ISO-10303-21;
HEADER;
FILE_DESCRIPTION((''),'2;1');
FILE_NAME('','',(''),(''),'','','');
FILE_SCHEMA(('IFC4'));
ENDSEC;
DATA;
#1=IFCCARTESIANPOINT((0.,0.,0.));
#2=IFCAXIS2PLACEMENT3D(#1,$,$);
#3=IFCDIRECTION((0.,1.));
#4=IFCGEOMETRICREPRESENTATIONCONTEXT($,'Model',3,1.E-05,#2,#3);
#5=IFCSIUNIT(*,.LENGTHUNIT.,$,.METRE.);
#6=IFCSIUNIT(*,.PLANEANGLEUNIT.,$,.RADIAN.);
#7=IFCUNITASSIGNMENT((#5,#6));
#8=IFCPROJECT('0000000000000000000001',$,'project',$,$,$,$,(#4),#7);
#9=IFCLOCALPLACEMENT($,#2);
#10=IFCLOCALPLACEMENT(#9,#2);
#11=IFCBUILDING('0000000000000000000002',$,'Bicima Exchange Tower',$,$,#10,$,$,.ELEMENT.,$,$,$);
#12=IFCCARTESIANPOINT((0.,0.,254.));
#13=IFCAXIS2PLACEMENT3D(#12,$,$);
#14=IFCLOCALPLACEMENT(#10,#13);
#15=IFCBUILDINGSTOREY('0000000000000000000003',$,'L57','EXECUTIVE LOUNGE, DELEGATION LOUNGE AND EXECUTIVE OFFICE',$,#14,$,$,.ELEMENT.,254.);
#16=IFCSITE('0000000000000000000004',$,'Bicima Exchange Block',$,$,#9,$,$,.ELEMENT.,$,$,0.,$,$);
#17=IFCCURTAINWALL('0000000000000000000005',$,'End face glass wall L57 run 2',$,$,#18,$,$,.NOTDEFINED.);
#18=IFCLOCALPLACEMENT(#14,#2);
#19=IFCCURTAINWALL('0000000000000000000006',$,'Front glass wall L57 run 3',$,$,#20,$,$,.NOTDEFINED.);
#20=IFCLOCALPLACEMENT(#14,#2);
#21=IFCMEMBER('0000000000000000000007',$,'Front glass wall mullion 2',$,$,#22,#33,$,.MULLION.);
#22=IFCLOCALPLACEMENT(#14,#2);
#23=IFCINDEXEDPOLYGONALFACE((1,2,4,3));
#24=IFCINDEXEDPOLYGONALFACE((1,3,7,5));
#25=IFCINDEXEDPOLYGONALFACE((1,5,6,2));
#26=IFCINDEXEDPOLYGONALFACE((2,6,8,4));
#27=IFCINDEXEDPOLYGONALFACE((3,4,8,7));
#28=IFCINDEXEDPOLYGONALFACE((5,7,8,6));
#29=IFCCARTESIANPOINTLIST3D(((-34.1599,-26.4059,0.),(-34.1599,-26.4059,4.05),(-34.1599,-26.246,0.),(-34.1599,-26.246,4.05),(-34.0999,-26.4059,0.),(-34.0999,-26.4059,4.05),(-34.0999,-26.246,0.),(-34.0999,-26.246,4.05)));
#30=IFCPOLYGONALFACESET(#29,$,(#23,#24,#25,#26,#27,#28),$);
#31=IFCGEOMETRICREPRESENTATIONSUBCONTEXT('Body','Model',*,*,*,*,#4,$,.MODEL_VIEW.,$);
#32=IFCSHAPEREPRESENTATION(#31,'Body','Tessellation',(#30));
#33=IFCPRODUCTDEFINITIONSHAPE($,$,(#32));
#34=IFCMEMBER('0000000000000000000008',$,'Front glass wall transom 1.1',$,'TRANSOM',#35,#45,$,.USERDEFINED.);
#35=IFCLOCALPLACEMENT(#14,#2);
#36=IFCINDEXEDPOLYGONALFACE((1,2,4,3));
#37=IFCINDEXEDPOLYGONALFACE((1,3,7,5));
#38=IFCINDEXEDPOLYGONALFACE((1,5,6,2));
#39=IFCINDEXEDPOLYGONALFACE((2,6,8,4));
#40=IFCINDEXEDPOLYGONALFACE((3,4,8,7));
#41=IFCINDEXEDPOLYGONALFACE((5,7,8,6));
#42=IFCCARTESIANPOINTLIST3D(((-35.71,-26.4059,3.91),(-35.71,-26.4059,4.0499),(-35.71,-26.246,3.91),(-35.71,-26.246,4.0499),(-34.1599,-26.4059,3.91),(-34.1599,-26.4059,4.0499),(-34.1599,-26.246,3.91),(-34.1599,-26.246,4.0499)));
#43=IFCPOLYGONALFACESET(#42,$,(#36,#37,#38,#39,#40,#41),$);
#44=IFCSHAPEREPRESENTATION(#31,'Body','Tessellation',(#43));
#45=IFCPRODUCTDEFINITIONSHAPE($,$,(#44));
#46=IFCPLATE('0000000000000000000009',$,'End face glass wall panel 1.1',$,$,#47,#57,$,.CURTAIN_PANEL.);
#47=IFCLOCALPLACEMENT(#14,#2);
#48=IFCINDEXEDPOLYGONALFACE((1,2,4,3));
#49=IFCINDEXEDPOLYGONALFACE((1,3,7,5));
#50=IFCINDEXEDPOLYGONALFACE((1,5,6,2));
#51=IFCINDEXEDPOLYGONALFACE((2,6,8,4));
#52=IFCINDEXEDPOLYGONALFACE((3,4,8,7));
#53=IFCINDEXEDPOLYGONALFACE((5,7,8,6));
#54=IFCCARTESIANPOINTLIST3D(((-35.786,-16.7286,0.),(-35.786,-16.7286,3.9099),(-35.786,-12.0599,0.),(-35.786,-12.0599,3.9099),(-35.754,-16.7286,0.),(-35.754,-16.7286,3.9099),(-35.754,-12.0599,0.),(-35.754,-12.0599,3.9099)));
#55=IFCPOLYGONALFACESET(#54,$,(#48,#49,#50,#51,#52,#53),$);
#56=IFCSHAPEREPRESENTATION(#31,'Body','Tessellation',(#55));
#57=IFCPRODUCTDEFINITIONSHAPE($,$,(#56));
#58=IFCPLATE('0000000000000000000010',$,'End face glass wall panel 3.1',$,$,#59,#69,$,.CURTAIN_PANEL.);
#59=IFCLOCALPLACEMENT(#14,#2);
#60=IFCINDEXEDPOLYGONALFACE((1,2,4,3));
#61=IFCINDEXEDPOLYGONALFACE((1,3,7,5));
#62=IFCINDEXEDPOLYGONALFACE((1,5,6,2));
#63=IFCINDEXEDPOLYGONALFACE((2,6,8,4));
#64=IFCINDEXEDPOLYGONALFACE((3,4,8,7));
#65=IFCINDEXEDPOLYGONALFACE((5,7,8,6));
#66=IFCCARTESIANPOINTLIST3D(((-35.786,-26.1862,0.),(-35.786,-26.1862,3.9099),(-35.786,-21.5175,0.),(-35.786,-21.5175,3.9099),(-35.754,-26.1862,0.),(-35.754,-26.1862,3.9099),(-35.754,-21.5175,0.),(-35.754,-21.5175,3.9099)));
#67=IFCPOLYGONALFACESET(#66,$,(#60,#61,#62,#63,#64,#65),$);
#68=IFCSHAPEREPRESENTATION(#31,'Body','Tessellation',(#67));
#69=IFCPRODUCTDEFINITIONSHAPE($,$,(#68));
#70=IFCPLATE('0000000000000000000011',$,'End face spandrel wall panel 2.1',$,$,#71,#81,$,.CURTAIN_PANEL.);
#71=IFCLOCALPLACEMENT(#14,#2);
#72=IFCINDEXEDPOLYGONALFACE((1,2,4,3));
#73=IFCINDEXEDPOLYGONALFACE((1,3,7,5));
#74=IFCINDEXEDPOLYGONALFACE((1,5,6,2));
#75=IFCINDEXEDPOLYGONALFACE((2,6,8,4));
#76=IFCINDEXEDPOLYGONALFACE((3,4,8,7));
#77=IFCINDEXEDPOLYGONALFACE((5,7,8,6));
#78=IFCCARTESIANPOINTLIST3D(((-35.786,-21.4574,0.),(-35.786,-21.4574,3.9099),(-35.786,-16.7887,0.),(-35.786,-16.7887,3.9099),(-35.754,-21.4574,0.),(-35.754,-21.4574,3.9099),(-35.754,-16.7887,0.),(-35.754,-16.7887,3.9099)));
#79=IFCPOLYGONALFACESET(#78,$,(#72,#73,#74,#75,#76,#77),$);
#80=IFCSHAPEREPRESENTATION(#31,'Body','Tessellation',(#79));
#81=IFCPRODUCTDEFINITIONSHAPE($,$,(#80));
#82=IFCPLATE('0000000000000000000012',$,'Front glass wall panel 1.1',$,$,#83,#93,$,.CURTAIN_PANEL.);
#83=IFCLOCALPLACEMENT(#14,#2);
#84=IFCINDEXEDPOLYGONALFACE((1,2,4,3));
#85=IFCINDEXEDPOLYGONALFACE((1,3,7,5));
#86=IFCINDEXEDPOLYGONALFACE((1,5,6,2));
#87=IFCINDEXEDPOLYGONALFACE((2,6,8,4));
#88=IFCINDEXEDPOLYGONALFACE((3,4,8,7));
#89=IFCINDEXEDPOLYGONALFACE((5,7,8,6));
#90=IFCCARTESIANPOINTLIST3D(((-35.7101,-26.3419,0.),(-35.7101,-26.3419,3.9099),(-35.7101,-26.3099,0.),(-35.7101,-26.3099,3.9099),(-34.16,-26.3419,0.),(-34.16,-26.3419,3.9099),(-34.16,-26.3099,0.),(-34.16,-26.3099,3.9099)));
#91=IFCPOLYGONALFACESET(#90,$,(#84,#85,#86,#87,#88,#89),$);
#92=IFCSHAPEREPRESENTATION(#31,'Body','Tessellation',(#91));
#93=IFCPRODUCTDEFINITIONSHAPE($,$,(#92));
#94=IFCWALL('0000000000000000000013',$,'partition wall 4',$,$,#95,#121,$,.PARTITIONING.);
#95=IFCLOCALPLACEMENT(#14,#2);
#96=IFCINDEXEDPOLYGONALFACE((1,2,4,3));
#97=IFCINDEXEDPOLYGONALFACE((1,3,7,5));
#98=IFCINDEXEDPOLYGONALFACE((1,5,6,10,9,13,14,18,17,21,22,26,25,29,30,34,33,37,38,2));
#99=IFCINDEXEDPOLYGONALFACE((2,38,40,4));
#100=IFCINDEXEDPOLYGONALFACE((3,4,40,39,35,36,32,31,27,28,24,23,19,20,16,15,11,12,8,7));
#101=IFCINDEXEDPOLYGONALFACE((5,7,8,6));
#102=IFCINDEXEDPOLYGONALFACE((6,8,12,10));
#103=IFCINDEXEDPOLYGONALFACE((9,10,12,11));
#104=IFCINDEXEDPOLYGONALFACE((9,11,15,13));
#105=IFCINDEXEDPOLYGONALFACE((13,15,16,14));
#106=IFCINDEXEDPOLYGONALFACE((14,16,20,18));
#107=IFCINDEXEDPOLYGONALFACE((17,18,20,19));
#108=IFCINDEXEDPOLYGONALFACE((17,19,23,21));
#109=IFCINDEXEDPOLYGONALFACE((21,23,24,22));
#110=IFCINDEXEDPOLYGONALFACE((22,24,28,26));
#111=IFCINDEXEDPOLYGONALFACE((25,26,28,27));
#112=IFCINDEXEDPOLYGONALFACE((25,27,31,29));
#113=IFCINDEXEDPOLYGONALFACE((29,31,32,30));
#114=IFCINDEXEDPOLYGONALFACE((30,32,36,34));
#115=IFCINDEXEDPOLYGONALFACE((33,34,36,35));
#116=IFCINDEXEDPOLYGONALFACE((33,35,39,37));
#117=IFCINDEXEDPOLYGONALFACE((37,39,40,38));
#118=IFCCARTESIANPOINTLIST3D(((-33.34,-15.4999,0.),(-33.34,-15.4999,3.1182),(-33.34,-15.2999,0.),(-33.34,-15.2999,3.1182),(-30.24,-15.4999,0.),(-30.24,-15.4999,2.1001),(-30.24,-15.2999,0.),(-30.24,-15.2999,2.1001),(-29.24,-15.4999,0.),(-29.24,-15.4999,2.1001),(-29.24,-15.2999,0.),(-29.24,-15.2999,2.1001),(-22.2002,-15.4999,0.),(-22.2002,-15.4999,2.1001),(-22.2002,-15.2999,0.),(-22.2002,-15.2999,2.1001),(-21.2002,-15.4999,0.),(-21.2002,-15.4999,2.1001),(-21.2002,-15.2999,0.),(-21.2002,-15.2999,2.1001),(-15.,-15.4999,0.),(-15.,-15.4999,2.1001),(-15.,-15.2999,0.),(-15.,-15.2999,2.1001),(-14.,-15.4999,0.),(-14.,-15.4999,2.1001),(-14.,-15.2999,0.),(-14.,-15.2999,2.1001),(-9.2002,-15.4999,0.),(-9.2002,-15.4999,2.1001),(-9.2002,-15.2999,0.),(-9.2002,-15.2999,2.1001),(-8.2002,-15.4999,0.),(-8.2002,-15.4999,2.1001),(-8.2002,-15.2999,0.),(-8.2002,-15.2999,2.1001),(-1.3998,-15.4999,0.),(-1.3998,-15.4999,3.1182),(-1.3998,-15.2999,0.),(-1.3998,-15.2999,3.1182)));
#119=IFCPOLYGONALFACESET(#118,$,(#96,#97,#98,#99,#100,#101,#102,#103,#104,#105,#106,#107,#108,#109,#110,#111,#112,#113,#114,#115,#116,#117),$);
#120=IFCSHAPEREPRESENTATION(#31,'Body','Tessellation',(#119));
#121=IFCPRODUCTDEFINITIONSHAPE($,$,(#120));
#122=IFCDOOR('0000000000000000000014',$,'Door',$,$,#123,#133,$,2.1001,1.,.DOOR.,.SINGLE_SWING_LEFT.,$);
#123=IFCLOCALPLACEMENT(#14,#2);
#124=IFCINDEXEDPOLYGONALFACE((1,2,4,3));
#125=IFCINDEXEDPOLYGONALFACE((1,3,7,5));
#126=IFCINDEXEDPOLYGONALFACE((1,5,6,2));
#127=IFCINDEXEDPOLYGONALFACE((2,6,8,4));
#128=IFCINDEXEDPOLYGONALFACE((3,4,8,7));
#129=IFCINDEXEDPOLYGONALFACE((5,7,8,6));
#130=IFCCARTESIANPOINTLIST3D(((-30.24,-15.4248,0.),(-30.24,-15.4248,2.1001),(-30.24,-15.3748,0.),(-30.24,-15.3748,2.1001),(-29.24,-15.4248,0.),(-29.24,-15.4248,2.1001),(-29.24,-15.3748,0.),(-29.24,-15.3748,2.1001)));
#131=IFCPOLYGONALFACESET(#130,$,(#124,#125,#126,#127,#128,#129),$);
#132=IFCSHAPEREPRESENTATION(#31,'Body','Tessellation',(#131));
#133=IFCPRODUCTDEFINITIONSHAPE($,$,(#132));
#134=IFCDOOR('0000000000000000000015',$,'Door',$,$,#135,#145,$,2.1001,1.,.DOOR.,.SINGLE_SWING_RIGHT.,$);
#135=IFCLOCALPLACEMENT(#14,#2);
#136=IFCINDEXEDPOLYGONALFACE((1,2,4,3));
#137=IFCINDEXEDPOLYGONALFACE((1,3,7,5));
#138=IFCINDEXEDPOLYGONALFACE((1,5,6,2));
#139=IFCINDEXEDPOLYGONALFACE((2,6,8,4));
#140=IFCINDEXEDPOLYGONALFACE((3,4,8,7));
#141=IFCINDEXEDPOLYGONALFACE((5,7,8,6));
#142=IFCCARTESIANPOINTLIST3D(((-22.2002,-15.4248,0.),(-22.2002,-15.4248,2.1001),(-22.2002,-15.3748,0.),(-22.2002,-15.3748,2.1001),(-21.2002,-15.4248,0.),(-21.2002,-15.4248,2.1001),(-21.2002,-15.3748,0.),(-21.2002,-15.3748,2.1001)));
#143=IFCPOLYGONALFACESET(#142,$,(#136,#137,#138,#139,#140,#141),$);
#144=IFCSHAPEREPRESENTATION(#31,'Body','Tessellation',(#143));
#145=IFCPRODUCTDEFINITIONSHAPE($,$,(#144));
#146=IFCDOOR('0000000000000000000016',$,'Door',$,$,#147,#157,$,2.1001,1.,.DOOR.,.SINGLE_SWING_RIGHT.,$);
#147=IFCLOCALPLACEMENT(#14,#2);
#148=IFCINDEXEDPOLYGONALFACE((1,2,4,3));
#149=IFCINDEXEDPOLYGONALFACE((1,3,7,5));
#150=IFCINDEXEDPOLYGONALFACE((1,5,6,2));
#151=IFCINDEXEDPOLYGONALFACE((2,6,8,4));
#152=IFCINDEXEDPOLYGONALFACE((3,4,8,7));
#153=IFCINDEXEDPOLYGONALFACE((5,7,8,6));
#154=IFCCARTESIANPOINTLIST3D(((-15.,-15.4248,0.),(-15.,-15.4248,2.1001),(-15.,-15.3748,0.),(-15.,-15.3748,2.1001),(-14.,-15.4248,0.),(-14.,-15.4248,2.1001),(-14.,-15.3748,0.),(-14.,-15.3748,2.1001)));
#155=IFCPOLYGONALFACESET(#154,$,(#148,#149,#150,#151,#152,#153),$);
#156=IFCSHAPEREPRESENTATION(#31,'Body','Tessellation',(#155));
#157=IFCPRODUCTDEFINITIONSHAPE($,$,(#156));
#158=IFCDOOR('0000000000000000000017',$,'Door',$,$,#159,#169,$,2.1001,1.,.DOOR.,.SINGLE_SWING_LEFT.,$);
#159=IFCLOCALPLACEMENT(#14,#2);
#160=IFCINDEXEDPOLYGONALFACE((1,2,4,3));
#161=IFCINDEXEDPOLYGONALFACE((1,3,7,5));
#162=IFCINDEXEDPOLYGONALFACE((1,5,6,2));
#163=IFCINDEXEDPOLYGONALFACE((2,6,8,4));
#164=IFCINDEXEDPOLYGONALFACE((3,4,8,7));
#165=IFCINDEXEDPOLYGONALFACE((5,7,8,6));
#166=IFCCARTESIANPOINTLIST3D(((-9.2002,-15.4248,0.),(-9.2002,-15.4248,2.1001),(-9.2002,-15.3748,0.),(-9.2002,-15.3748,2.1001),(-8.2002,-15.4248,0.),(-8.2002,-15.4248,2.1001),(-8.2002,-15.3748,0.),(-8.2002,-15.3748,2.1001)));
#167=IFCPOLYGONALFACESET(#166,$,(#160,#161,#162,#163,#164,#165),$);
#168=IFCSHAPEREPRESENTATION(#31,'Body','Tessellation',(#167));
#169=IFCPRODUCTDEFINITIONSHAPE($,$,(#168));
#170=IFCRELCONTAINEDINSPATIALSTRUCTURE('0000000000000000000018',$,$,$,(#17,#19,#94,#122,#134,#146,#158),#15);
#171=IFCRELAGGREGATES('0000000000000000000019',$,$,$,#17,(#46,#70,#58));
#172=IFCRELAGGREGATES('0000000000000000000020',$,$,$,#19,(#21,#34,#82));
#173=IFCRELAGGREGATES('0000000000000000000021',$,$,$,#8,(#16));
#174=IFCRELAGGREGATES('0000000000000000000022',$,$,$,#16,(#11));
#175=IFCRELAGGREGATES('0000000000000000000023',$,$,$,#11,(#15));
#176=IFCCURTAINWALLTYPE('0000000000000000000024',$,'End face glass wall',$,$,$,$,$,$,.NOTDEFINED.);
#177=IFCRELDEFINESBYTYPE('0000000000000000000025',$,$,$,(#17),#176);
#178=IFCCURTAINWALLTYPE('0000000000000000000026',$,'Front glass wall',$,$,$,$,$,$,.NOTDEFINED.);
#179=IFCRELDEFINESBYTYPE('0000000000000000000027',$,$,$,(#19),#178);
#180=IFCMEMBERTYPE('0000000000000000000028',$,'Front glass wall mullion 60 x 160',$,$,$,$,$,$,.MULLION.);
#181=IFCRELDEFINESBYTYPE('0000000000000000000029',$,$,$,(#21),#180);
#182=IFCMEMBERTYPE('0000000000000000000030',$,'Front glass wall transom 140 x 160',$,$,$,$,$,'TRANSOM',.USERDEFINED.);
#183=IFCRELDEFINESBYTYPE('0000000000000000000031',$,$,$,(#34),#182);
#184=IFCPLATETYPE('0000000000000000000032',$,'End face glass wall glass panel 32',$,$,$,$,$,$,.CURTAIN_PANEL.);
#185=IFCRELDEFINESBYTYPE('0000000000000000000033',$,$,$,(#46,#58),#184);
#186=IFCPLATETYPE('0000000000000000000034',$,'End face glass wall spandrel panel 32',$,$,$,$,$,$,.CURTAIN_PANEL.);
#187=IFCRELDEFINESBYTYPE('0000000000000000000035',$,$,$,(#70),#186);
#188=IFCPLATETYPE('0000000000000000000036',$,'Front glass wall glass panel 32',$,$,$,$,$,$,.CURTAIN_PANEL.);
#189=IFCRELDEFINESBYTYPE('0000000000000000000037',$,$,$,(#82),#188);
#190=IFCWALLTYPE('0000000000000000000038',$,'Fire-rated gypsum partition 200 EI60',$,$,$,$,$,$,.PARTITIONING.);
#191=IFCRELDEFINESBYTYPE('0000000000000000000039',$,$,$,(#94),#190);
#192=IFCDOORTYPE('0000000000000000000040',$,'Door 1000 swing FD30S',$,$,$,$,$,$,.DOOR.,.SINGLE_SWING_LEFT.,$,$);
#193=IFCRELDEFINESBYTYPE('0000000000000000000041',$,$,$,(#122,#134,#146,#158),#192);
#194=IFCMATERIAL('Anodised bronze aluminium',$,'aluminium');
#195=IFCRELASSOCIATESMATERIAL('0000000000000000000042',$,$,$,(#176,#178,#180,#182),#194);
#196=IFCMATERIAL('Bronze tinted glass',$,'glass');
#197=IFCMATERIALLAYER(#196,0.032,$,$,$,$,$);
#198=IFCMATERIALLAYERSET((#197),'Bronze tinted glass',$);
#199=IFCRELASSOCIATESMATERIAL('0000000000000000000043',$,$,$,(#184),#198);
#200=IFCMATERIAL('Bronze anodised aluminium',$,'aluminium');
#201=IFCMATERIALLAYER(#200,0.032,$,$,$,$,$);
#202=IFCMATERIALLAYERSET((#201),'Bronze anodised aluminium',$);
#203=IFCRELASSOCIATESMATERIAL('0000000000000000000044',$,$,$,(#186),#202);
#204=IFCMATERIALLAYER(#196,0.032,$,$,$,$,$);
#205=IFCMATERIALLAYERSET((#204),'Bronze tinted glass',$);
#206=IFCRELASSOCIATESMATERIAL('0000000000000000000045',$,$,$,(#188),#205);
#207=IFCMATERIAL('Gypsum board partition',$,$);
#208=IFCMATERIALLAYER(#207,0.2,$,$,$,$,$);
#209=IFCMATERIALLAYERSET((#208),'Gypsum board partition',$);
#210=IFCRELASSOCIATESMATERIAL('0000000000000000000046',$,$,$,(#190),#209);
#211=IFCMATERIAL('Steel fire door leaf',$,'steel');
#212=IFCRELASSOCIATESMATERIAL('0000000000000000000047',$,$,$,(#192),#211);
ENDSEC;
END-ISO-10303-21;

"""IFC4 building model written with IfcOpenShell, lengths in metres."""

from ifc_helpers import new_model, si_unit, direction, frame, frame_2d, origin, origin_2d, place, context, subcontext, project, spatial, rectangle, extrude, material, layer, layer_set, material_profile, profile_set, type_object, element, fill, aggregate, save


model = new_model("IFC4")

# Units and contexts
model_context = context("Model", 3, precision=1e-05, world=origin(), true_north=direction((0.0, 1.0)))
body_context = subcontext(model_context, "Body", "Model", "MODEL_VIEW")
ifc_project = project(units=[si_unit("LENGTHUNIT", "METRE"), si_unit("PLANEANGLEUNIT", "RADIAN")], contexts=[model_context])

# Site, building, storey
site_placement = place(None, origin())
site = spatial("IfcSite", under=ifc_project, at=site_placement, Name="Bicima Exchange Block", CompositionType="ELEMENT", RefElevation=0.0)
building_placement = place(site_placement, origin())
building = spatial("IfcBuilding", under=site, at=building_placement, Name="Bicima Exchange Tower", CompositionType="ELEMENT")
storey_placement = place(building_placement, frame((0.0, 0.0, 254.0)))
storey = spatial("IfcBuildingStorey", under=building, at=storey_placement, Name="L57", Description="EXECUTIVE LOUNGE, DELEGATION LOUNGE AND EXECUTIVE OFFICE", CompositionType="ELEMENT", Elevation=254.0)

# Curtain wall
ifc_material_1 = material(Name="Anodised bronze aluminium", Category="aluminium")
curtain_wall_type_1 = type_object("IfcCurtainWallType", Name="End face glass wall", PredefinedType="NOTDEFINED", material=ifc_material_1)
curtain_wall_1_placement = place(storey_placement, origin())
curtain_wall_1 = element("IfcCurtainWall", 1, at=curtain_wall_1_placement, inside=storey, type_object=curtain_wall_type_1, Name="End face glass wall L57 run 2", PredefinedType="NOTDEFINED")
ifc_material_profile_1 = material_profile(ifc_material_1, rectangle(XDim=0.1599, YDim=0.0601, at=origin_2d()))
ifc_profile_set_1 = profile_set([ifc_material_profile_1], Name="Anodised bronze aluminium")
ifc_material_profile_2 = material_profile(ifc_material_1, rectangle(XDim=0.1599, YDim=0.1399, at=origin_2d()))
ifc_profile_set_2 = profile_set([ifc_material_profile_2], Name="Anodised bronze aluminium")

# Curtain wall, members
curtain_wall_type_2 = type_object("IfcCurtainWallType", Name="Front glass wall", PredefinedType="NOTDEFINED", material=ifc_material_1)
curtain_wall_2_placement = place(storey_placement, origin())
curtain_wall_2 = element("IfcCurtainWall", 2, at=curtain_wall_2_placement, inside=storey, type_object=curtain_wall_type_2, Name="Front glass wall L57 run 3", PredefinedType="NOTDEFINED")
member_type_1 = type_object("IfcMemberType", Name="Front glass wall mullion 60 x 160", PredefinedType="MULLION", material=ifc_profile_set_1)
member_1_placement = place(storey_placement, frame((-34.1299, -26.3259, 0.0), z_axis=(0.0, 0.0, 1.0), x_axis=(0.0, 1.0, 0.0)))
member_1 = element("IfcMember", 3, at=member_1_placement, type_object=member_type_1, Name="Front glass wall mullion 2", PredefinedType="MULLION", context=body_context, shape_type="SweptSolid", body=[
    extrude(rectangle(XDim=0.1599, YDim=0.0601, at=origin_2d()), origin(), (0.0, 0.0, 1.0), 4.05),
])
member_type_2 = type_object("IfcMemberType", Name="Front glass wall transom 140 x 160", ElementType="TRANSOM", PredefinedType="USERDEFINED", material=ifc_profile_set_2)
member_2_placement = place(storey_placement, frame((-35.71, -26.3259, 3.98), z_axis=(1.0, 0.0, 0.0), x_axis=(0.0, 1.0, 0.0)))
member_2 = element("IfcMember", 4, at=member_2_placement, type_object=member_type_2, Name="Front glass wall transom 1.1", ObjectType="TRANSOM", PredefinedType="USERDEFINED", context=body_context, shape_type="SweptSolid", body=[
    extrude(rectangle(XDim=0.1599, YDim=0.1399, at=origin_2d()), origin(), (0.0, 0.0, 1.0), 1.55),
])

# Plates
ifc_material_2 = material(Name="Bronze tinted glass", Category="glass")
ifc_layer_1 = layer(ifc_material_2, 0.032)
ifc_layer_set_1 = layer_set([ifc_layer_1], Name="Bronze tinted glass")
plate_type_1 = type_object("IfcPlateType", Name="End face glass wall glass panel 32", PredefinedType="CURTAIN_PANEL", material=ifc_layer_set_1)
plate_1_placement = place(storey_placement, frame((-35.77, -14.3943, 0.0), z_axis=(0.0, 0.0, 1.0), x_axis=(0.0, -1.0, 0.0)))
plate_1 = element("IfcPlate", 5, at=plate_1_placement, type_object=plate_type_1, Name="End face glass wall panel 1.1", PredefinedType="CURTAIN_PANEL", context=body_context, shape_type="SweptSolid", body=[
    extrude(rectangle(XDim=4.6687, YDim=0.032, at=origin_2d()), origin(), (0.0, 0.0, 1.0), 3.9099),
])
plate_2_placement = place(storey_placement, frame((-35.77, -23.8518, 0.0), z_axis=(0.0, 0.0, 1.0), x_axis=(0.0, -1.0, 0.0)))
plate_2 = element("IfcPlate", 6, at=plate_2_placement, type_object=plate_type_1, Name="End face glass wall panel 3.1", PredefinedType="CURTAIN_PANEL", context=body_context, shape_type="SweptSolid", body=[
    extrude(rectangle(XDim=4.6687, YDim=0.032, at=origin_2d()), origin(), (0.0, 0.0, 1.0), 3.9099),
])
ifc_material_3 = material(Name="Bronze anodised aluminium", Category="aluminium")
ifc_layer_2 = layer(ifc_material_3, 0.032)
ifc_layer_set_2 = layer_set([ifc_layer_2], Name="Bronze anodised aluminium")
plate_type_2 = type_object("IfcPlateType", Name="End face glass wall spandrel panel 32", PredefinedType="CURTAIN_PANEL", material=ifc_layer_set_2)
plate_3_placement = place(storey_placement, frame((-35.77, -19.123, 0.0), z_axis=(0.0, 0.0, 1.0), x_axis=(0.0, -1.0, 0.0)))
plate_3 = element("IfcPlate", 7, at=plate_3_placement, type_object=plate_type_2, Name="End face spandrel wall panel 2.1", PredefinedType="CURTAIN_PANEL", context=body_context, shape_type="SweptSolid", body=[
    extrude(rectangle(XDim=4.6687, YDim=0.032, at=origin_2d()), origin(), (0.0, 0.0, 1.0), 3.9099),
])
aggregate(curtain_wall_1, [plate_1, plate_3, plate_2])
ifc_layer_3 = layer(ifc_material_2, 0.032)
ifc_layer_set_3 = layer_set([ifc_layer_3], Name="Bronze tinted glass")
plate_type_3 = type_object("IfcPlateType", Name="Front glass wall glass panel 32", PredefinedType="CURTAIN_PANEL", material=ifc_layer_set_3)
plate_4_placement = place(storey_placement, frame((-34.9351, -26.3259, 0.0), z_axis=(0.0, 0.0, 1.0), x_axis=(1.0, 0.0, 0.0)))
plate_4 = element("IfcPlate", 8, at=plate_4_placement, type_object=plate_type_3, Name="Front glass wall panel 1.1", PredefinedType="CURTAIN_PANEL", context=body_context, shape_type="SweptSolid", body=[
    extrude(rectangle(XDim=1.55, YDim=0.032, at=origin_2d()), origin(), (0.0, 0.0, 1.0), 3.9099),
])
aggregate(curtain_wall_2, [member_1, member_2, plate_4])

# Wall, openings, doors
ifc_material_4 = material(Name="Gypsum board partition")
ifc_layer_4 = layer(ifc_material_4, 0.2)
ifc_layer_set_4 = layer_set([ifc_layer_4], Name="Gypsum board partition")
wall_type_1 = type_object("IfcWallType", Name="Fire-rated gypsum partition 200 EI60", PredefinedType="PARTITIONING", material=ifc_layer_set_4)
wall_1_placement = place(storey_placement, frame((-33.3401, -15.3999, 0.0), z_axis=(0.0, 0.0, 1.0), x_axis=(1.0, 0.0, 0.0)))
wall_1 = element("IfcWall", 9, at=wall_1_placement, inside=storey, type_object=wall_type_1, Name="partition wall 4", PredefinedType="PARTITIONING", context=body_context, shape_type="SweptSolid", body=[
    extrude(rectangle(XDim=31.9402, YDim=0.2, at=frame_2d((15.9702, 0.0))), origin(), (0.0, 0.0, 1.0), 3.1182),
])
opening_1_placement = place(wall_1_placement, frame((3.1001, 0.0, 0.0)))
opening_1 = element("IfcOpeningElement", 10, at=opening_1_placement, cuts=wall_1, PredefinedType="OPENING", context=body_context, shape_type="SweptSolid", body=[
    extrude(rectangle(XDim=1.0, YDim=2.1001, at=frame_2d((0.5, 1.05))), frame((0.0, 0.1118, 0.0), z_axis=(0.0, -1.0, 0.0), x_axis=(1.0, 0.0, 0.0)), (0.0, 0.0, 1.0), 0.2239),
])
opening_2_placement = place(wall_1_placement, frame((11.1399, 0.0, 0.0)))
opening_2 = element("IfcOpeningElement", 11, at=opening_2_placement, cuts=wall_1, PredefinedType="OPENING", context=body_context, shape_type="SweptSolid", body=[
    extrude(rectangle(XDim=1.0, YDim=2.1001, at=frame_2d((0.5, 1.05))), frame((0.0, 0.1118, 0.0), z_axis=(0.0, -1.0, 0.0), x_axis=(1.0, 0.0, 0.0)), (0.0, 0.0, 1.0), 0.2239),
])
opening_3_placement = place(wall_1_placement, frame((18.3401, 0.0, 0.0)))
opening_3 = element("IfcOpeningElement", 12, at=opening_3_placement, cuts=wall_1, PredefinedType="OPENING", context=body_context, shape_type="SweptSolid", body=[
    extrude(rectangle(XDim=1.0, YDim=2.1001, at=frame_2d((0.5, 1.05))), frame((0.0, 0.1118, 0.0), z_axis=(0.0, -1.0, 0.0), x_axis=(1.0, 0.0, 0.0)), (0.0, 0.0, 1.0), 0.2239),
])
opening_4_placement = place(wall_1_placement, frame((24.1399, 0.0, 0.0)))
opening_4 = element("IfcOpeningElement", 13, at=opening_4_placement, cuts=wall_1, PredefinedType="OPENING", context=body_context, shape_type="SweptSolid", body=[
    extrude(rectangle(XDim=1.0, YDim=2.1001, at=frame_2d((0.5, 1.05))), frame((0.0, 0.1118, 0.0), z_axis=(0.0, -1.0, 0.0), x_axis=(1.0, 0.0, 0.0)), (0.0, 0.0, 1.0), 0.2239),
])
ifc_material_5 = material(Name="Steel fire door leaf", Category="steel")
door_type_1 = type_object("IfcDoorType", Name="Door 1000 swing FD30S", OperationType="SINGLE_SWING_LEFT", PredefinedType="DOOR", material=ifc_material_5)
door_1_placement = place(opening_1_placement, frame((1.0, 0.0, 0.0), z_axis=(0.0, 0.0, 1.0), x_axis=(-1.0, 0.0, 0.0)))
door_1 = element("IfcDoor", 14, at=door_1_placement, inside=storey, type_object=door_type_1, Name="Door", OperationType="SINGLE_SWING_LEFT", OverallHeight=2.1001, OverallWidth=1.0, PredefinedType="DOOR", context=body_context, shape_type="SweptSolid", body=[
    extrude(rectangle(XDim=1.0, YDim=2.1001, at=frame_2d((0.5, 1.05))), frame((0.0, 0.0249, 0.0), z_axis=(0.0, -1.0, 0.0), x_axis=(1.0, 0.0, 0.0)), (0.0, 0.0, 1.0), 0.05),
])
fill(opening_1, door_1)
door_2_placement = place(opening_2_placement, frame((1.0, 0.0, 0.0), z_axis=(0.0, 0.0, 1.0), x_axis=(-1.0, 0.0, 0.0)))
door_2 = element("IfcDoor", 15, at=door_2_placement, inside=storey, type_object=door_type_1, Name="Door", OperationType="SINGLE_SWING_RIGHT", OverallHeight=2.1001, OverallWidth=1.0, PredefinedType="DOOR", context=body_context, shape_type="SweptSolid", body=[
    extrude(rectangle(XDim=1.0, YDim=2.1001, at=frame_2d((0.5, 1.05))), frame((0.0, 0.0249, 0.0), z_axis=(0.0, -1.0, 0.0), x_axis=(1.0, 0.0, 0.0)), (0.0, 0.0, 1.0), 0.05),
])
fill(opening_2, door_2)
door_3_placement = place(opening_3_placement, frame((1.0, 0.0, 0.0), z_axis=(0.0, 0.0, 1.0), x_axis=(-1.0, 0.0, 0.0)))
door_3 = element("IfcDoor", 16, at=door_3_placement, inside=storey, type_object=door_type_1, Name="Door", OperationType="SINGLE_SWING_RIGHT", OverallHeight=2.1001, OverallWidth=1.0, PredefinedType="DOOR", context=body_context, shape_type="SweptSolid", body=[
    extrude(rectangle(XDim=1.0, YDim=2.1001, at=frame_2d((0.5, 1.05))), frame((0.0, 0.0249, 0.0), z_axis=(0.0, -1.0, 0.0), x_axis=(1.0, 0.0, 0.0)), (0.0, 0.0, 1.0), 0.05),
])
fill(opening_3, door_3)
door_4_placement = place(opening_4_placement, frame((1.0, 0.0, 0.0), z_axis=(0.0, 0.0, 1.0), x_axis=(-1.0, 0.0, 0.0)))
door_4 = element("IfcDoor", 17, at=door_4_placement, inside=storey, type_object=door_type_1, Name="Door", OperationType="SINGLE_SWING_LEFT", OverallHeight=2.1001, OverallWidth=1.0, PredefinedType="DOOR", context=body_context, shape_type="SweptSolid", body=[
    extrude(rectangle(XDim=1.0, YDim=2.1001, at=frame_2d((0.5, 1.05))), frame((0.0, 0.0249, 0.0), z_axis=(0.0, -1.0, 0.0), x_axis=(1.0, 0.0, 0.0)), (0.0, 0.0, 1.0), 0.05),
])
fill(opening_4, door_4)

save(model, "model.ifc")
